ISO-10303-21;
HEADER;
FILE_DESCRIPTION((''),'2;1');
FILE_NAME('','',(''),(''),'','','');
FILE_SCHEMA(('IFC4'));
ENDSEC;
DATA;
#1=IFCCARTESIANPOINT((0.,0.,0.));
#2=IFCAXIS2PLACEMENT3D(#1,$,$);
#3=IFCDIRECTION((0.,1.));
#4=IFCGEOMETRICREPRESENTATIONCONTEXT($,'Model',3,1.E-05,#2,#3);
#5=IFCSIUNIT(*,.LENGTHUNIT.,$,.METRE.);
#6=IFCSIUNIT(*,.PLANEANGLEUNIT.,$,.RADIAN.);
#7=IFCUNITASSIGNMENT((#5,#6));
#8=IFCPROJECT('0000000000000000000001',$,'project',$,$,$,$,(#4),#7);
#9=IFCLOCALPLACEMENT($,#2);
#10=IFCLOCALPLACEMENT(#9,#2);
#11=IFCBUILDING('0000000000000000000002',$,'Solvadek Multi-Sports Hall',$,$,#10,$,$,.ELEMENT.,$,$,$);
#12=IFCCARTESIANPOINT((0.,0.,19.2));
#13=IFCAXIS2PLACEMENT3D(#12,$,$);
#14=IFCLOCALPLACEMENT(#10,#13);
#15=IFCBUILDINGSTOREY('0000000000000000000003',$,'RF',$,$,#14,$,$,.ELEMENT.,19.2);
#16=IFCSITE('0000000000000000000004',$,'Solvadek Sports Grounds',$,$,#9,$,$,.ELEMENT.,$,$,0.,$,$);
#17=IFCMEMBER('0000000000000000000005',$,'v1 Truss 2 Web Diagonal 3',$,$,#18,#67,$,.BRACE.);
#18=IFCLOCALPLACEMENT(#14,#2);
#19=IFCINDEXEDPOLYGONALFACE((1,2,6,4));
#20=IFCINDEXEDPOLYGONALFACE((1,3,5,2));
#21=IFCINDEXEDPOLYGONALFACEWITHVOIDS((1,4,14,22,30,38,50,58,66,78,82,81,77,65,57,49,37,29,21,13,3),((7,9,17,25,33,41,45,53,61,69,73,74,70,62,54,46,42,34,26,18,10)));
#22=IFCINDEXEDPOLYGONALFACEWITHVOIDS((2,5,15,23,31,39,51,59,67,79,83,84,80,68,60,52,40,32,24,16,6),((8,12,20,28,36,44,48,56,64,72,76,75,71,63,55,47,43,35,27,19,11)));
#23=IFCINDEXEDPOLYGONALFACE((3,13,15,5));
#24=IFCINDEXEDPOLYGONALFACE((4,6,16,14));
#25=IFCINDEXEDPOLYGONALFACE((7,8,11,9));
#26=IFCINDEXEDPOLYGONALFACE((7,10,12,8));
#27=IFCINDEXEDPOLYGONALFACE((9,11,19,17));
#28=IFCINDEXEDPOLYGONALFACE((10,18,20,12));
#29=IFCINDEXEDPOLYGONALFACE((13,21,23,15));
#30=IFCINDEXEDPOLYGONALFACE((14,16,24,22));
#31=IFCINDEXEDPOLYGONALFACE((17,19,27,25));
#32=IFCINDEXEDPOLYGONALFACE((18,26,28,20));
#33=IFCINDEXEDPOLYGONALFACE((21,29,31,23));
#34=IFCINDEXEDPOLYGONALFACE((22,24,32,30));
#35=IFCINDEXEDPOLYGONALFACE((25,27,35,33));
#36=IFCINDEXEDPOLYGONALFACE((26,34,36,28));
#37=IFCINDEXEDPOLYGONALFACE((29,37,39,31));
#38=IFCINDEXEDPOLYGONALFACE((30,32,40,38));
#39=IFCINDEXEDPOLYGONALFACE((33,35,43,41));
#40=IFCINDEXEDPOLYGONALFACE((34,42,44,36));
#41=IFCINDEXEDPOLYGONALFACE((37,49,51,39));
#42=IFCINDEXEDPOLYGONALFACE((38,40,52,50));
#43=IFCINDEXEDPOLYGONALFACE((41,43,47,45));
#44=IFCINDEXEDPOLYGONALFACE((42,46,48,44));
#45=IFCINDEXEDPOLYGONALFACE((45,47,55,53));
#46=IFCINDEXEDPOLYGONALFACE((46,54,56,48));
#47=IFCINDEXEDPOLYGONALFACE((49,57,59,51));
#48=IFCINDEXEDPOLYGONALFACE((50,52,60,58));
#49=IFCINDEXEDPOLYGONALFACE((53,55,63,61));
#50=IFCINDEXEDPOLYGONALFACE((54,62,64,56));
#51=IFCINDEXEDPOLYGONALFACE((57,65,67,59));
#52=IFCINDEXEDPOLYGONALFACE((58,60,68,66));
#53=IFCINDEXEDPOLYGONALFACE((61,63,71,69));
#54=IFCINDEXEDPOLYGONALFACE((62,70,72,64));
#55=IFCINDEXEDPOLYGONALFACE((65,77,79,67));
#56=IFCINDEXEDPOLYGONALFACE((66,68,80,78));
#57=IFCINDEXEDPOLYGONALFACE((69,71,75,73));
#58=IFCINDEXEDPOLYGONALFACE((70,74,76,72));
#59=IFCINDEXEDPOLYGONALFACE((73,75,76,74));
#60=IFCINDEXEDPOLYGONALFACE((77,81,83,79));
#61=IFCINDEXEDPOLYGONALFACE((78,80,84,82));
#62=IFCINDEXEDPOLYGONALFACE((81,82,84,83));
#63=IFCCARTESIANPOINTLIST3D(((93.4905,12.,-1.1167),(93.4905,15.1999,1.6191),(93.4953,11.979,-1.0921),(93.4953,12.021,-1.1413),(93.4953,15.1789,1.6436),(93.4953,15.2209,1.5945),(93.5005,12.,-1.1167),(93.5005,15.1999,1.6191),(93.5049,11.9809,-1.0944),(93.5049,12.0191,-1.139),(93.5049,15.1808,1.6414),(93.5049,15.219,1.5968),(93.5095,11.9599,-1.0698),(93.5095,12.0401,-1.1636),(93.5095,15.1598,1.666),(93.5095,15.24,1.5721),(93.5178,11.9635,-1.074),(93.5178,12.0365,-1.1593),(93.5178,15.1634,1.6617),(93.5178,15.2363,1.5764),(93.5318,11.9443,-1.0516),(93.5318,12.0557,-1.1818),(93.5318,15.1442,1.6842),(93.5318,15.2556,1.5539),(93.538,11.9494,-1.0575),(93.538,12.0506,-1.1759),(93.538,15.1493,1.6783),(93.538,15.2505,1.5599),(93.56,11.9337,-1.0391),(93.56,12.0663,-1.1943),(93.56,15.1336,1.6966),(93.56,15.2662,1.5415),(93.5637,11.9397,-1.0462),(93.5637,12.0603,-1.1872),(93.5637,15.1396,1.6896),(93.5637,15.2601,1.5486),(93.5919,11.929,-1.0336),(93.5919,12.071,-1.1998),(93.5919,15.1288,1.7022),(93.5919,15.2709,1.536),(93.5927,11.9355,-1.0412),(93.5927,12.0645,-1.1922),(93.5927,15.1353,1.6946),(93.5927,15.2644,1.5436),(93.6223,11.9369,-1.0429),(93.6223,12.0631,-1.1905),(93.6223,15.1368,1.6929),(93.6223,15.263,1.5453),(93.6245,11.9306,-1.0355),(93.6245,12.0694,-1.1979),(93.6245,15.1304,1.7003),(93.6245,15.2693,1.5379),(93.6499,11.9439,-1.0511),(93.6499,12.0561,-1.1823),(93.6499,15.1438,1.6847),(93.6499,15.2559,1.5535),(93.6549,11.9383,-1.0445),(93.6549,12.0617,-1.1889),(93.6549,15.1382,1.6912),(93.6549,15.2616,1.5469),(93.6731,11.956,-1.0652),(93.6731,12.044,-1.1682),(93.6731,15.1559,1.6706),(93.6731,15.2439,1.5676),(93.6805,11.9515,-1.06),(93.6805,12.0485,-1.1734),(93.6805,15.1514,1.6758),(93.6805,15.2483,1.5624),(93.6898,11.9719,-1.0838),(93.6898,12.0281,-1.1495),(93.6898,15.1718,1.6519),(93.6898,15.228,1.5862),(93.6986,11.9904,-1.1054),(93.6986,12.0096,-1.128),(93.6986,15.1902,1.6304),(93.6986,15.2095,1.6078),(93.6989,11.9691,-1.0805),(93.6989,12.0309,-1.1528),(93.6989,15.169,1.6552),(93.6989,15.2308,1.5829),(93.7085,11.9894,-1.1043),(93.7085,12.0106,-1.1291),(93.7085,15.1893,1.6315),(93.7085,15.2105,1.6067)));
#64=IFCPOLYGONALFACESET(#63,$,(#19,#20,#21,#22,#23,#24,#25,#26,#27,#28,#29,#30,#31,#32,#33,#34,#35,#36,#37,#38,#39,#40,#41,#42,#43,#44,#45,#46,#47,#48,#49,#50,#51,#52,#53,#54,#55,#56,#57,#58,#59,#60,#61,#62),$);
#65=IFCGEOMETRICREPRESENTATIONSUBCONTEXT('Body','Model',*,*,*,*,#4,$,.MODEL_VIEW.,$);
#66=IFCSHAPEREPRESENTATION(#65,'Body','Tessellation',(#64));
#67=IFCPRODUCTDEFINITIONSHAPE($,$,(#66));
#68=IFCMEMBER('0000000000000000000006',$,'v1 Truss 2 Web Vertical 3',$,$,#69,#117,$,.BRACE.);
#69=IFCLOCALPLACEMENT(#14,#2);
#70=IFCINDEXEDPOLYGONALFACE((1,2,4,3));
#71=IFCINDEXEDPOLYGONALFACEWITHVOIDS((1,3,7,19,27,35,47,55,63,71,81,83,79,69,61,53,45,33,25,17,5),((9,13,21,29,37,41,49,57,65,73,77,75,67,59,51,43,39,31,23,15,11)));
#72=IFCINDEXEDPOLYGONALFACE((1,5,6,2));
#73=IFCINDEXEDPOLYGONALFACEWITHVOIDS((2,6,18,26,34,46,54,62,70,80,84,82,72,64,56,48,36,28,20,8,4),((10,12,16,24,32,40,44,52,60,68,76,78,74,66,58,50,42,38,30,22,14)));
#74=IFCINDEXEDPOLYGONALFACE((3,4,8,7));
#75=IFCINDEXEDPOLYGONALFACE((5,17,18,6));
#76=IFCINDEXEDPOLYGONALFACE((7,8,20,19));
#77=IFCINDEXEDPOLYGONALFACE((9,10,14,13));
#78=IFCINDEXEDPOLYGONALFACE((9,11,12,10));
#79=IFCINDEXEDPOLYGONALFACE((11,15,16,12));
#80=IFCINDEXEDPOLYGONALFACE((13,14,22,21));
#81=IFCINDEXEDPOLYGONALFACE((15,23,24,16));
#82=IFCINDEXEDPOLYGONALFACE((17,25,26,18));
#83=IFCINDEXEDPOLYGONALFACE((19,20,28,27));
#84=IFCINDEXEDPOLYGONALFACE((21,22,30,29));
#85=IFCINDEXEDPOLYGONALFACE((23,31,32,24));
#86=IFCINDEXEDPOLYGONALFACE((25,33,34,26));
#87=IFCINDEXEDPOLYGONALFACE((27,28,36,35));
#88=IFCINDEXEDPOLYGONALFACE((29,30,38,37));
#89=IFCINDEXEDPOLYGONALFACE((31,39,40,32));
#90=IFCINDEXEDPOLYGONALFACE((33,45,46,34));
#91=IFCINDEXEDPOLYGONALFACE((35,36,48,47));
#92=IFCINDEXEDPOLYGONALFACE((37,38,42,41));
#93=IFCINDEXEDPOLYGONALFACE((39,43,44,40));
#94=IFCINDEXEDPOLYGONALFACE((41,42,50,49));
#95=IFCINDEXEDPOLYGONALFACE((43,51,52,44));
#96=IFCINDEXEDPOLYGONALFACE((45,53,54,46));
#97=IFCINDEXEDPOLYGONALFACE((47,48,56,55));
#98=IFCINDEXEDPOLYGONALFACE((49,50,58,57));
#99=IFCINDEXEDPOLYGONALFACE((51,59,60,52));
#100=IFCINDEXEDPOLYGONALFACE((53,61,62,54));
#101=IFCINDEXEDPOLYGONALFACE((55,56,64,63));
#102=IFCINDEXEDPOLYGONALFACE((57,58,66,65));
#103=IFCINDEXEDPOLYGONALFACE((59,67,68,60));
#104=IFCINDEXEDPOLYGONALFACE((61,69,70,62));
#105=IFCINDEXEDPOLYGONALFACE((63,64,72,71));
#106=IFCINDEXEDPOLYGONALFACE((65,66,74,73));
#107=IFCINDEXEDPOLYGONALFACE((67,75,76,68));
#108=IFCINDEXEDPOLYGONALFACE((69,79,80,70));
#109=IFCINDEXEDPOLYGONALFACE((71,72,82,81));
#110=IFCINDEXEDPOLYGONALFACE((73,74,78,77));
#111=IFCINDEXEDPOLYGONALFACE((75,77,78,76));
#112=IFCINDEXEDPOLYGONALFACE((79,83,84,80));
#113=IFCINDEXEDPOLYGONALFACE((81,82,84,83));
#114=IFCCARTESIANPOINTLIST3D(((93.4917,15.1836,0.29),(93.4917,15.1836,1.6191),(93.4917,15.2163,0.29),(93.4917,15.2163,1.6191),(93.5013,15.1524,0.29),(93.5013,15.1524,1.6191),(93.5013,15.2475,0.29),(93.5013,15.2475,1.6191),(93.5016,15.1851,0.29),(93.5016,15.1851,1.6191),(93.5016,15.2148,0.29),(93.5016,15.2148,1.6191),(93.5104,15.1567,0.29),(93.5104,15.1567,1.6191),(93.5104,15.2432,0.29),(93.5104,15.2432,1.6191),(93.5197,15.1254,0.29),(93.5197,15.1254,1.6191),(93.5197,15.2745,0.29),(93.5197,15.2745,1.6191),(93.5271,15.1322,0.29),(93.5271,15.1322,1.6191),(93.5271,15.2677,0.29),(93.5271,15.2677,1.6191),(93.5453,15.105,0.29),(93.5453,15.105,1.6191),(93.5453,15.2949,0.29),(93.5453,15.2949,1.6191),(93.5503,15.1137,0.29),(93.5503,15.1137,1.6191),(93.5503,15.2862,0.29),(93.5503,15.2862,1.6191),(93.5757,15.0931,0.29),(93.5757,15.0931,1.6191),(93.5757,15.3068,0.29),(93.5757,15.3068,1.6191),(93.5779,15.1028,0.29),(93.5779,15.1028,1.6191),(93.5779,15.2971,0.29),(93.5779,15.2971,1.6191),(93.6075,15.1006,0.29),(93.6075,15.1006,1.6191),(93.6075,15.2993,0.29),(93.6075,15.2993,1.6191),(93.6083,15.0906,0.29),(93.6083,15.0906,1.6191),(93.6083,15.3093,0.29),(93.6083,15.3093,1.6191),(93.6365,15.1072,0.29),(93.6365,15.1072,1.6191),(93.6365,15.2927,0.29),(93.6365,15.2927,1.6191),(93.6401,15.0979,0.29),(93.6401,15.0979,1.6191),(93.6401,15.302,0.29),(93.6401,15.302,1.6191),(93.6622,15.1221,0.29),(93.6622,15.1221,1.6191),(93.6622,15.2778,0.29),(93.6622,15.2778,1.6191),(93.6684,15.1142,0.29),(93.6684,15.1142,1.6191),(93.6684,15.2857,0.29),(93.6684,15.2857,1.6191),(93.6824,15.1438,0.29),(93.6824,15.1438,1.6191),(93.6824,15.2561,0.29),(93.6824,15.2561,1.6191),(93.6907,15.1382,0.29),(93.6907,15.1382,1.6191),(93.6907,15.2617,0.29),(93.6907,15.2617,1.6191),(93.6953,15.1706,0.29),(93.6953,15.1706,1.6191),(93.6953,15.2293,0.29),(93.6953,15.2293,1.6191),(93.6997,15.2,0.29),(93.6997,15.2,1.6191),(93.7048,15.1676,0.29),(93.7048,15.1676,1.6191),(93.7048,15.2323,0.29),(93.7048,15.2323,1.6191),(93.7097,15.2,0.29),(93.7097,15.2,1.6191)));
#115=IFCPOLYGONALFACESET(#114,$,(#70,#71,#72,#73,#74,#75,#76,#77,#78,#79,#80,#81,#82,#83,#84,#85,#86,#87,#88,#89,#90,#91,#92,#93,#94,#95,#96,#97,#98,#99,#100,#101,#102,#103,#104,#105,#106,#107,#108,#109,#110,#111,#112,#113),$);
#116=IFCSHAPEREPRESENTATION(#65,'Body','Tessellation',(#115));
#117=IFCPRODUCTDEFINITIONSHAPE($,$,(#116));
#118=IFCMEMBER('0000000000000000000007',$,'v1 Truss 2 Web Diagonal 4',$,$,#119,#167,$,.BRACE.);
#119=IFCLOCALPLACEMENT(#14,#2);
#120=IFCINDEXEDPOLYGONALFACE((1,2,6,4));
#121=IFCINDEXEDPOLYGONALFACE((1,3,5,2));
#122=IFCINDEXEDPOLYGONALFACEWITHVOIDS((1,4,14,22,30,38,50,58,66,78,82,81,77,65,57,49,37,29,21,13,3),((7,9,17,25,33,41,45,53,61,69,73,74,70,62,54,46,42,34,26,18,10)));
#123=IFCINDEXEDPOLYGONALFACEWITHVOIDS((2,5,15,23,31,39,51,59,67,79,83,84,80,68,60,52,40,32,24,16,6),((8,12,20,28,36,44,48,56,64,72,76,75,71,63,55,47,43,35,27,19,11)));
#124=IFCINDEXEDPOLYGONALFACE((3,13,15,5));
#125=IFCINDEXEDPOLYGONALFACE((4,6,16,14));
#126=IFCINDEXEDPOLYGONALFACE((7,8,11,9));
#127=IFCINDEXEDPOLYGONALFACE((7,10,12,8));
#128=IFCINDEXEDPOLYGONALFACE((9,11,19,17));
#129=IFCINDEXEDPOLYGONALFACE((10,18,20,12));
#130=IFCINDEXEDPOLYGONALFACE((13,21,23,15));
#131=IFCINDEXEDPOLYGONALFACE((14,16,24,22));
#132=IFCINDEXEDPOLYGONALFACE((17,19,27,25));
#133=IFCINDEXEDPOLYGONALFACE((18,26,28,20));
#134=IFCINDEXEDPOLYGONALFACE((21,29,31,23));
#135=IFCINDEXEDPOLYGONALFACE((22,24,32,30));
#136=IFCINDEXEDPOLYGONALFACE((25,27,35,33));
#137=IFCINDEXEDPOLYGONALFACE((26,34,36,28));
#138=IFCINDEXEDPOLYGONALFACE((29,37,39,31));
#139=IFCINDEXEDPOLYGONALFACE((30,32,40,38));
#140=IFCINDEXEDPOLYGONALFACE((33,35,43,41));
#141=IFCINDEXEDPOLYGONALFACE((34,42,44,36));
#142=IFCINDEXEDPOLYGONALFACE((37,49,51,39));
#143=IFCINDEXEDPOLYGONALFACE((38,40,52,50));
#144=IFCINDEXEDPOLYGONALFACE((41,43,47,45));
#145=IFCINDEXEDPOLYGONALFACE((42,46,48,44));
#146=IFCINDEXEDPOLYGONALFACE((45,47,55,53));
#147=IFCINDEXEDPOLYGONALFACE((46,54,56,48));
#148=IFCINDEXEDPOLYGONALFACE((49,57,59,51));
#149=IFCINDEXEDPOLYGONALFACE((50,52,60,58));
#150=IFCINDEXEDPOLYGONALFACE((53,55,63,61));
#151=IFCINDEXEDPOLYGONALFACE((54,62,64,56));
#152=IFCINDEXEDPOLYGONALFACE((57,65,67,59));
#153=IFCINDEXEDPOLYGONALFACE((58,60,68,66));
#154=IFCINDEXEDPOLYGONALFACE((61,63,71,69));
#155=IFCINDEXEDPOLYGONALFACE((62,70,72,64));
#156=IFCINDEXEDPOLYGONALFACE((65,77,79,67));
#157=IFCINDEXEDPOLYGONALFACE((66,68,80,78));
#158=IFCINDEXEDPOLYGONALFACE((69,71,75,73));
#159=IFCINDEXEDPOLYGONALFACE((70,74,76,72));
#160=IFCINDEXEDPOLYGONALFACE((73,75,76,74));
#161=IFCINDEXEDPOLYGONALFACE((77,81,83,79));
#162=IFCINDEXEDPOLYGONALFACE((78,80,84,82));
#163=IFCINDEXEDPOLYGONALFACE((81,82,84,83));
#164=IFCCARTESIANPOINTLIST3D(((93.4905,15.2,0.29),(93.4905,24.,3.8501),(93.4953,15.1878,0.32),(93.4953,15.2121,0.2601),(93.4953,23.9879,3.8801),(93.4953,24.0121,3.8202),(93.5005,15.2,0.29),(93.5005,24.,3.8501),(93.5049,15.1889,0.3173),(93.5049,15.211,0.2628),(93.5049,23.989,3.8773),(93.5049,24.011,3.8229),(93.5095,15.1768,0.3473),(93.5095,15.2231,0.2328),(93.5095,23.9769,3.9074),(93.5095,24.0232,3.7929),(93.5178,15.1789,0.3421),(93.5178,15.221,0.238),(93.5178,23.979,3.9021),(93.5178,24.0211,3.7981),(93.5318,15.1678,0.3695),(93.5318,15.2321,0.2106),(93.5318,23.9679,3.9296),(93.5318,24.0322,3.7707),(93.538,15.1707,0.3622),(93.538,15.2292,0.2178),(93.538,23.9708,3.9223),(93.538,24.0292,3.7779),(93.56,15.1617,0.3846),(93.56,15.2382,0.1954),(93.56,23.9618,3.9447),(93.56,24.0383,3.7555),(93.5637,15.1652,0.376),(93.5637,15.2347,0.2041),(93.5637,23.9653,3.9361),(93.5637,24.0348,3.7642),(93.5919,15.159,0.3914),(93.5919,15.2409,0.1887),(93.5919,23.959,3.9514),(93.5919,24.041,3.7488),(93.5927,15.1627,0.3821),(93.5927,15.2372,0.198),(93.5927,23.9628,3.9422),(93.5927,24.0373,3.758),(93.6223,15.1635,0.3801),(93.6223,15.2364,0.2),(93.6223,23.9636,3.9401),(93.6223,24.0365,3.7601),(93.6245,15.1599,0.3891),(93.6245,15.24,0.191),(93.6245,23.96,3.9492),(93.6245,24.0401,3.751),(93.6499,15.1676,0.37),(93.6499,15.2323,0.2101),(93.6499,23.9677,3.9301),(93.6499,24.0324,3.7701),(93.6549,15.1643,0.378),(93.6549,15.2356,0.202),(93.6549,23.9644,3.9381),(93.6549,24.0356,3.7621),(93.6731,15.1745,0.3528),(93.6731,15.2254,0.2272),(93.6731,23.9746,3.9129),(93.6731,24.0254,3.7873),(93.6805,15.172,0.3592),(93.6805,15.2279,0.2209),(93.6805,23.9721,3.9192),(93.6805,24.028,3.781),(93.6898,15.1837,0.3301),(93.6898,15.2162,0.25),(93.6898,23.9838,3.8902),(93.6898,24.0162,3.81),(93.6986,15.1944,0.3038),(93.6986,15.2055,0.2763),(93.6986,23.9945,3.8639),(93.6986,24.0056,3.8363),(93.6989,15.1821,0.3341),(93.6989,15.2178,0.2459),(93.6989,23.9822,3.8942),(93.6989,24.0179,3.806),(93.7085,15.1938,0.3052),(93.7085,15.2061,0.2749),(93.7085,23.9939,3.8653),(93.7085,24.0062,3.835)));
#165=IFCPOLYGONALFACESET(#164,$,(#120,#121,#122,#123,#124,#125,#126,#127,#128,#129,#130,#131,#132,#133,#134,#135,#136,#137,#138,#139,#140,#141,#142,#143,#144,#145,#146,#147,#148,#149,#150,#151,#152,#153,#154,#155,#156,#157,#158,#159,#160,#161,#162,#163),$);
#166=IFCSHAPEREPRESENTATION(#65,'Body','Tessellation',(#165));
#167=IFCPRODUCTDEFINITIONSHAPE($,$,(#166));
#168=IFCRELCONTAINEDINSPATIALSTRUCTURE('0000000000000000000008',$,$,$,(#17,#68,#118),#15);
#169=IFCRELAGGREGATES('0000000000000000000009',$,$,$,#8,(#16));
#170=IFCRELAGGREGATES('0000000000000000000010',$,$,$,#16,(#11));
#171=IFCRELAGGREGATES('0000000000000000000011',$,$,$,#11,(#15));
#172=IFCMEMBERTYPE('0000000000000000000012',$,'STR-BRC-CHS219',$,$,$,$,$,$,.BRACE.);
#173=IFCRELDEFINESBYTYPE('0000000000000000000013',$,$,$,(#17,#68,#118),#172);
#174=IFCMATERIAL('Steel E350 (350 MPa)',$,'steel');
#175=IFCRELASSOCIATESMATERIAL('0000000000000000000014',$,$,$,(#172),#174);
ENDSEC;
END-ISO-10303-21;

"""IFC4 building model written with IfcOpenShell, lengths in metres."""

from ifc_helpers import new_model, si_unit, direction, frame, origin, origin_2d, place, context, subcontext, project, spatial, hollow_circle, extrude, material, material_profile, profile_set, type_object, element, save


model = new_model("IFC4")

# Units and contexts
model_context = context("Model", 3, precision=1e-05, world=origin(), true_north=direction((0.0, 1.0)))
body_context = subcontext(model_context, "Body", "Model", "MODEL_VIEW")
ifc_project = project(units=[si_unit("LENGTHUNIT", "METRE"), si_unit("PLANEANGLEUNIT", "RADIAN")], contexts=[model_context])

# Site, building, storey
site_placement = place(None, origin())
site = spatial("IfcSite", under=ifc_project, at=site_placement, Name="Solvadek Sports Grounds", CompositionType="ELEMENT", RefElevation=0.0)
building_placement = place(site_placement, origin())
building = spatial("IfcBuilding", under=site, at=building_placement, Name="Solvadek Multi-Sports Hall", CompositionType="ELEMENT")
storey_placement = place(building_placement, frame((0.0, 0.0, 19.2)))
storey = spatial("IfcBuildingStorey", under=building, at=storey_placement, Name="RF", CompositionType="ELEMENT", Elevation=19.2)

# Shared definitions
ifc_material_1 = material(Name="Steel E350 (350 MPa)", Category="steel")

# Members
ifc_material_profile_1 = material_profile(ifc_material_1, hollow_circle(Radius=0.1096, WallThickness=0.01, at=origin_2d()), Name="CHS 219.1x10")
ifc_profile_set_1 = profile_set([ifc_material_profile_1], Name="Steel E350 (350 MPa)")
member_type_1 = type_object("IfcMemberType", Name="STR-BRC-CHS219", PredefinedType="BRACE", material=ifc_profile_set_1)
member_1_placement = place(storey_placement, frame((93.6001, 12.0, -1.1167), z_axis=(0.0, 0.760075, 0.649836), x_axis=(-1.0, 0.0, 0.0)))
element("IfcMember", 1, at=member_1_placement, inside=storey, type_object=member_type_1, Name="v1 Truss 2 Web Diagonal 3", PredefinedType="BRACE", context=body_context, shape_type="SweptSolid", body=[
    extrude(hollow_circle(Radius=0.1096, WallThickness=0.01, at=origin_2d()), origin(), (0.0, 0.0, 1.0), 4.21),
])
member_2_placement = place(storey_placement, frame((93.6001, 15.2, 0.29), z_axis=(0.0, 0.0, 1.0), x_axis=(1.0, 0.0, 0.0)))
element("IfcMember", 2, at=member_2_placement, inside=storey, type_object=member_type_1, Name="v1 Truss 2 Web Vertical 3", PredefinedType="BRACE", context=body_context, shape_type="SweptSolid", body=[
    extrude(hollow_circle(Radius=0.1096, WallThickness=0.01, at=origin_2d()), origin(), (0.0, 0.0, 1.0), 1.3291),
])
member_3_placement = place(storey_placement, frame((93.6001, 15.2, 0.29), z_axis=(0.0, 0.927015, 0.375024), x_axis=(-1.0, 0.0, 0.0)))
element("IfcMember", 3, at=member_3_placement, inside=storey, type_object=member_type_1, Name="v1 Truss 2 Web Diagonal 4", PredefinedType="BRACE", context=body_context, shape_type="SweptSolid", body=[
    extrude(hollow_circle(Radius=0.1096, WallThickness=0.01, at=origin_2d()), origin(), (0.0, 0.0, 1.0), 9.4929),
])

save(model, "model.ifc")
